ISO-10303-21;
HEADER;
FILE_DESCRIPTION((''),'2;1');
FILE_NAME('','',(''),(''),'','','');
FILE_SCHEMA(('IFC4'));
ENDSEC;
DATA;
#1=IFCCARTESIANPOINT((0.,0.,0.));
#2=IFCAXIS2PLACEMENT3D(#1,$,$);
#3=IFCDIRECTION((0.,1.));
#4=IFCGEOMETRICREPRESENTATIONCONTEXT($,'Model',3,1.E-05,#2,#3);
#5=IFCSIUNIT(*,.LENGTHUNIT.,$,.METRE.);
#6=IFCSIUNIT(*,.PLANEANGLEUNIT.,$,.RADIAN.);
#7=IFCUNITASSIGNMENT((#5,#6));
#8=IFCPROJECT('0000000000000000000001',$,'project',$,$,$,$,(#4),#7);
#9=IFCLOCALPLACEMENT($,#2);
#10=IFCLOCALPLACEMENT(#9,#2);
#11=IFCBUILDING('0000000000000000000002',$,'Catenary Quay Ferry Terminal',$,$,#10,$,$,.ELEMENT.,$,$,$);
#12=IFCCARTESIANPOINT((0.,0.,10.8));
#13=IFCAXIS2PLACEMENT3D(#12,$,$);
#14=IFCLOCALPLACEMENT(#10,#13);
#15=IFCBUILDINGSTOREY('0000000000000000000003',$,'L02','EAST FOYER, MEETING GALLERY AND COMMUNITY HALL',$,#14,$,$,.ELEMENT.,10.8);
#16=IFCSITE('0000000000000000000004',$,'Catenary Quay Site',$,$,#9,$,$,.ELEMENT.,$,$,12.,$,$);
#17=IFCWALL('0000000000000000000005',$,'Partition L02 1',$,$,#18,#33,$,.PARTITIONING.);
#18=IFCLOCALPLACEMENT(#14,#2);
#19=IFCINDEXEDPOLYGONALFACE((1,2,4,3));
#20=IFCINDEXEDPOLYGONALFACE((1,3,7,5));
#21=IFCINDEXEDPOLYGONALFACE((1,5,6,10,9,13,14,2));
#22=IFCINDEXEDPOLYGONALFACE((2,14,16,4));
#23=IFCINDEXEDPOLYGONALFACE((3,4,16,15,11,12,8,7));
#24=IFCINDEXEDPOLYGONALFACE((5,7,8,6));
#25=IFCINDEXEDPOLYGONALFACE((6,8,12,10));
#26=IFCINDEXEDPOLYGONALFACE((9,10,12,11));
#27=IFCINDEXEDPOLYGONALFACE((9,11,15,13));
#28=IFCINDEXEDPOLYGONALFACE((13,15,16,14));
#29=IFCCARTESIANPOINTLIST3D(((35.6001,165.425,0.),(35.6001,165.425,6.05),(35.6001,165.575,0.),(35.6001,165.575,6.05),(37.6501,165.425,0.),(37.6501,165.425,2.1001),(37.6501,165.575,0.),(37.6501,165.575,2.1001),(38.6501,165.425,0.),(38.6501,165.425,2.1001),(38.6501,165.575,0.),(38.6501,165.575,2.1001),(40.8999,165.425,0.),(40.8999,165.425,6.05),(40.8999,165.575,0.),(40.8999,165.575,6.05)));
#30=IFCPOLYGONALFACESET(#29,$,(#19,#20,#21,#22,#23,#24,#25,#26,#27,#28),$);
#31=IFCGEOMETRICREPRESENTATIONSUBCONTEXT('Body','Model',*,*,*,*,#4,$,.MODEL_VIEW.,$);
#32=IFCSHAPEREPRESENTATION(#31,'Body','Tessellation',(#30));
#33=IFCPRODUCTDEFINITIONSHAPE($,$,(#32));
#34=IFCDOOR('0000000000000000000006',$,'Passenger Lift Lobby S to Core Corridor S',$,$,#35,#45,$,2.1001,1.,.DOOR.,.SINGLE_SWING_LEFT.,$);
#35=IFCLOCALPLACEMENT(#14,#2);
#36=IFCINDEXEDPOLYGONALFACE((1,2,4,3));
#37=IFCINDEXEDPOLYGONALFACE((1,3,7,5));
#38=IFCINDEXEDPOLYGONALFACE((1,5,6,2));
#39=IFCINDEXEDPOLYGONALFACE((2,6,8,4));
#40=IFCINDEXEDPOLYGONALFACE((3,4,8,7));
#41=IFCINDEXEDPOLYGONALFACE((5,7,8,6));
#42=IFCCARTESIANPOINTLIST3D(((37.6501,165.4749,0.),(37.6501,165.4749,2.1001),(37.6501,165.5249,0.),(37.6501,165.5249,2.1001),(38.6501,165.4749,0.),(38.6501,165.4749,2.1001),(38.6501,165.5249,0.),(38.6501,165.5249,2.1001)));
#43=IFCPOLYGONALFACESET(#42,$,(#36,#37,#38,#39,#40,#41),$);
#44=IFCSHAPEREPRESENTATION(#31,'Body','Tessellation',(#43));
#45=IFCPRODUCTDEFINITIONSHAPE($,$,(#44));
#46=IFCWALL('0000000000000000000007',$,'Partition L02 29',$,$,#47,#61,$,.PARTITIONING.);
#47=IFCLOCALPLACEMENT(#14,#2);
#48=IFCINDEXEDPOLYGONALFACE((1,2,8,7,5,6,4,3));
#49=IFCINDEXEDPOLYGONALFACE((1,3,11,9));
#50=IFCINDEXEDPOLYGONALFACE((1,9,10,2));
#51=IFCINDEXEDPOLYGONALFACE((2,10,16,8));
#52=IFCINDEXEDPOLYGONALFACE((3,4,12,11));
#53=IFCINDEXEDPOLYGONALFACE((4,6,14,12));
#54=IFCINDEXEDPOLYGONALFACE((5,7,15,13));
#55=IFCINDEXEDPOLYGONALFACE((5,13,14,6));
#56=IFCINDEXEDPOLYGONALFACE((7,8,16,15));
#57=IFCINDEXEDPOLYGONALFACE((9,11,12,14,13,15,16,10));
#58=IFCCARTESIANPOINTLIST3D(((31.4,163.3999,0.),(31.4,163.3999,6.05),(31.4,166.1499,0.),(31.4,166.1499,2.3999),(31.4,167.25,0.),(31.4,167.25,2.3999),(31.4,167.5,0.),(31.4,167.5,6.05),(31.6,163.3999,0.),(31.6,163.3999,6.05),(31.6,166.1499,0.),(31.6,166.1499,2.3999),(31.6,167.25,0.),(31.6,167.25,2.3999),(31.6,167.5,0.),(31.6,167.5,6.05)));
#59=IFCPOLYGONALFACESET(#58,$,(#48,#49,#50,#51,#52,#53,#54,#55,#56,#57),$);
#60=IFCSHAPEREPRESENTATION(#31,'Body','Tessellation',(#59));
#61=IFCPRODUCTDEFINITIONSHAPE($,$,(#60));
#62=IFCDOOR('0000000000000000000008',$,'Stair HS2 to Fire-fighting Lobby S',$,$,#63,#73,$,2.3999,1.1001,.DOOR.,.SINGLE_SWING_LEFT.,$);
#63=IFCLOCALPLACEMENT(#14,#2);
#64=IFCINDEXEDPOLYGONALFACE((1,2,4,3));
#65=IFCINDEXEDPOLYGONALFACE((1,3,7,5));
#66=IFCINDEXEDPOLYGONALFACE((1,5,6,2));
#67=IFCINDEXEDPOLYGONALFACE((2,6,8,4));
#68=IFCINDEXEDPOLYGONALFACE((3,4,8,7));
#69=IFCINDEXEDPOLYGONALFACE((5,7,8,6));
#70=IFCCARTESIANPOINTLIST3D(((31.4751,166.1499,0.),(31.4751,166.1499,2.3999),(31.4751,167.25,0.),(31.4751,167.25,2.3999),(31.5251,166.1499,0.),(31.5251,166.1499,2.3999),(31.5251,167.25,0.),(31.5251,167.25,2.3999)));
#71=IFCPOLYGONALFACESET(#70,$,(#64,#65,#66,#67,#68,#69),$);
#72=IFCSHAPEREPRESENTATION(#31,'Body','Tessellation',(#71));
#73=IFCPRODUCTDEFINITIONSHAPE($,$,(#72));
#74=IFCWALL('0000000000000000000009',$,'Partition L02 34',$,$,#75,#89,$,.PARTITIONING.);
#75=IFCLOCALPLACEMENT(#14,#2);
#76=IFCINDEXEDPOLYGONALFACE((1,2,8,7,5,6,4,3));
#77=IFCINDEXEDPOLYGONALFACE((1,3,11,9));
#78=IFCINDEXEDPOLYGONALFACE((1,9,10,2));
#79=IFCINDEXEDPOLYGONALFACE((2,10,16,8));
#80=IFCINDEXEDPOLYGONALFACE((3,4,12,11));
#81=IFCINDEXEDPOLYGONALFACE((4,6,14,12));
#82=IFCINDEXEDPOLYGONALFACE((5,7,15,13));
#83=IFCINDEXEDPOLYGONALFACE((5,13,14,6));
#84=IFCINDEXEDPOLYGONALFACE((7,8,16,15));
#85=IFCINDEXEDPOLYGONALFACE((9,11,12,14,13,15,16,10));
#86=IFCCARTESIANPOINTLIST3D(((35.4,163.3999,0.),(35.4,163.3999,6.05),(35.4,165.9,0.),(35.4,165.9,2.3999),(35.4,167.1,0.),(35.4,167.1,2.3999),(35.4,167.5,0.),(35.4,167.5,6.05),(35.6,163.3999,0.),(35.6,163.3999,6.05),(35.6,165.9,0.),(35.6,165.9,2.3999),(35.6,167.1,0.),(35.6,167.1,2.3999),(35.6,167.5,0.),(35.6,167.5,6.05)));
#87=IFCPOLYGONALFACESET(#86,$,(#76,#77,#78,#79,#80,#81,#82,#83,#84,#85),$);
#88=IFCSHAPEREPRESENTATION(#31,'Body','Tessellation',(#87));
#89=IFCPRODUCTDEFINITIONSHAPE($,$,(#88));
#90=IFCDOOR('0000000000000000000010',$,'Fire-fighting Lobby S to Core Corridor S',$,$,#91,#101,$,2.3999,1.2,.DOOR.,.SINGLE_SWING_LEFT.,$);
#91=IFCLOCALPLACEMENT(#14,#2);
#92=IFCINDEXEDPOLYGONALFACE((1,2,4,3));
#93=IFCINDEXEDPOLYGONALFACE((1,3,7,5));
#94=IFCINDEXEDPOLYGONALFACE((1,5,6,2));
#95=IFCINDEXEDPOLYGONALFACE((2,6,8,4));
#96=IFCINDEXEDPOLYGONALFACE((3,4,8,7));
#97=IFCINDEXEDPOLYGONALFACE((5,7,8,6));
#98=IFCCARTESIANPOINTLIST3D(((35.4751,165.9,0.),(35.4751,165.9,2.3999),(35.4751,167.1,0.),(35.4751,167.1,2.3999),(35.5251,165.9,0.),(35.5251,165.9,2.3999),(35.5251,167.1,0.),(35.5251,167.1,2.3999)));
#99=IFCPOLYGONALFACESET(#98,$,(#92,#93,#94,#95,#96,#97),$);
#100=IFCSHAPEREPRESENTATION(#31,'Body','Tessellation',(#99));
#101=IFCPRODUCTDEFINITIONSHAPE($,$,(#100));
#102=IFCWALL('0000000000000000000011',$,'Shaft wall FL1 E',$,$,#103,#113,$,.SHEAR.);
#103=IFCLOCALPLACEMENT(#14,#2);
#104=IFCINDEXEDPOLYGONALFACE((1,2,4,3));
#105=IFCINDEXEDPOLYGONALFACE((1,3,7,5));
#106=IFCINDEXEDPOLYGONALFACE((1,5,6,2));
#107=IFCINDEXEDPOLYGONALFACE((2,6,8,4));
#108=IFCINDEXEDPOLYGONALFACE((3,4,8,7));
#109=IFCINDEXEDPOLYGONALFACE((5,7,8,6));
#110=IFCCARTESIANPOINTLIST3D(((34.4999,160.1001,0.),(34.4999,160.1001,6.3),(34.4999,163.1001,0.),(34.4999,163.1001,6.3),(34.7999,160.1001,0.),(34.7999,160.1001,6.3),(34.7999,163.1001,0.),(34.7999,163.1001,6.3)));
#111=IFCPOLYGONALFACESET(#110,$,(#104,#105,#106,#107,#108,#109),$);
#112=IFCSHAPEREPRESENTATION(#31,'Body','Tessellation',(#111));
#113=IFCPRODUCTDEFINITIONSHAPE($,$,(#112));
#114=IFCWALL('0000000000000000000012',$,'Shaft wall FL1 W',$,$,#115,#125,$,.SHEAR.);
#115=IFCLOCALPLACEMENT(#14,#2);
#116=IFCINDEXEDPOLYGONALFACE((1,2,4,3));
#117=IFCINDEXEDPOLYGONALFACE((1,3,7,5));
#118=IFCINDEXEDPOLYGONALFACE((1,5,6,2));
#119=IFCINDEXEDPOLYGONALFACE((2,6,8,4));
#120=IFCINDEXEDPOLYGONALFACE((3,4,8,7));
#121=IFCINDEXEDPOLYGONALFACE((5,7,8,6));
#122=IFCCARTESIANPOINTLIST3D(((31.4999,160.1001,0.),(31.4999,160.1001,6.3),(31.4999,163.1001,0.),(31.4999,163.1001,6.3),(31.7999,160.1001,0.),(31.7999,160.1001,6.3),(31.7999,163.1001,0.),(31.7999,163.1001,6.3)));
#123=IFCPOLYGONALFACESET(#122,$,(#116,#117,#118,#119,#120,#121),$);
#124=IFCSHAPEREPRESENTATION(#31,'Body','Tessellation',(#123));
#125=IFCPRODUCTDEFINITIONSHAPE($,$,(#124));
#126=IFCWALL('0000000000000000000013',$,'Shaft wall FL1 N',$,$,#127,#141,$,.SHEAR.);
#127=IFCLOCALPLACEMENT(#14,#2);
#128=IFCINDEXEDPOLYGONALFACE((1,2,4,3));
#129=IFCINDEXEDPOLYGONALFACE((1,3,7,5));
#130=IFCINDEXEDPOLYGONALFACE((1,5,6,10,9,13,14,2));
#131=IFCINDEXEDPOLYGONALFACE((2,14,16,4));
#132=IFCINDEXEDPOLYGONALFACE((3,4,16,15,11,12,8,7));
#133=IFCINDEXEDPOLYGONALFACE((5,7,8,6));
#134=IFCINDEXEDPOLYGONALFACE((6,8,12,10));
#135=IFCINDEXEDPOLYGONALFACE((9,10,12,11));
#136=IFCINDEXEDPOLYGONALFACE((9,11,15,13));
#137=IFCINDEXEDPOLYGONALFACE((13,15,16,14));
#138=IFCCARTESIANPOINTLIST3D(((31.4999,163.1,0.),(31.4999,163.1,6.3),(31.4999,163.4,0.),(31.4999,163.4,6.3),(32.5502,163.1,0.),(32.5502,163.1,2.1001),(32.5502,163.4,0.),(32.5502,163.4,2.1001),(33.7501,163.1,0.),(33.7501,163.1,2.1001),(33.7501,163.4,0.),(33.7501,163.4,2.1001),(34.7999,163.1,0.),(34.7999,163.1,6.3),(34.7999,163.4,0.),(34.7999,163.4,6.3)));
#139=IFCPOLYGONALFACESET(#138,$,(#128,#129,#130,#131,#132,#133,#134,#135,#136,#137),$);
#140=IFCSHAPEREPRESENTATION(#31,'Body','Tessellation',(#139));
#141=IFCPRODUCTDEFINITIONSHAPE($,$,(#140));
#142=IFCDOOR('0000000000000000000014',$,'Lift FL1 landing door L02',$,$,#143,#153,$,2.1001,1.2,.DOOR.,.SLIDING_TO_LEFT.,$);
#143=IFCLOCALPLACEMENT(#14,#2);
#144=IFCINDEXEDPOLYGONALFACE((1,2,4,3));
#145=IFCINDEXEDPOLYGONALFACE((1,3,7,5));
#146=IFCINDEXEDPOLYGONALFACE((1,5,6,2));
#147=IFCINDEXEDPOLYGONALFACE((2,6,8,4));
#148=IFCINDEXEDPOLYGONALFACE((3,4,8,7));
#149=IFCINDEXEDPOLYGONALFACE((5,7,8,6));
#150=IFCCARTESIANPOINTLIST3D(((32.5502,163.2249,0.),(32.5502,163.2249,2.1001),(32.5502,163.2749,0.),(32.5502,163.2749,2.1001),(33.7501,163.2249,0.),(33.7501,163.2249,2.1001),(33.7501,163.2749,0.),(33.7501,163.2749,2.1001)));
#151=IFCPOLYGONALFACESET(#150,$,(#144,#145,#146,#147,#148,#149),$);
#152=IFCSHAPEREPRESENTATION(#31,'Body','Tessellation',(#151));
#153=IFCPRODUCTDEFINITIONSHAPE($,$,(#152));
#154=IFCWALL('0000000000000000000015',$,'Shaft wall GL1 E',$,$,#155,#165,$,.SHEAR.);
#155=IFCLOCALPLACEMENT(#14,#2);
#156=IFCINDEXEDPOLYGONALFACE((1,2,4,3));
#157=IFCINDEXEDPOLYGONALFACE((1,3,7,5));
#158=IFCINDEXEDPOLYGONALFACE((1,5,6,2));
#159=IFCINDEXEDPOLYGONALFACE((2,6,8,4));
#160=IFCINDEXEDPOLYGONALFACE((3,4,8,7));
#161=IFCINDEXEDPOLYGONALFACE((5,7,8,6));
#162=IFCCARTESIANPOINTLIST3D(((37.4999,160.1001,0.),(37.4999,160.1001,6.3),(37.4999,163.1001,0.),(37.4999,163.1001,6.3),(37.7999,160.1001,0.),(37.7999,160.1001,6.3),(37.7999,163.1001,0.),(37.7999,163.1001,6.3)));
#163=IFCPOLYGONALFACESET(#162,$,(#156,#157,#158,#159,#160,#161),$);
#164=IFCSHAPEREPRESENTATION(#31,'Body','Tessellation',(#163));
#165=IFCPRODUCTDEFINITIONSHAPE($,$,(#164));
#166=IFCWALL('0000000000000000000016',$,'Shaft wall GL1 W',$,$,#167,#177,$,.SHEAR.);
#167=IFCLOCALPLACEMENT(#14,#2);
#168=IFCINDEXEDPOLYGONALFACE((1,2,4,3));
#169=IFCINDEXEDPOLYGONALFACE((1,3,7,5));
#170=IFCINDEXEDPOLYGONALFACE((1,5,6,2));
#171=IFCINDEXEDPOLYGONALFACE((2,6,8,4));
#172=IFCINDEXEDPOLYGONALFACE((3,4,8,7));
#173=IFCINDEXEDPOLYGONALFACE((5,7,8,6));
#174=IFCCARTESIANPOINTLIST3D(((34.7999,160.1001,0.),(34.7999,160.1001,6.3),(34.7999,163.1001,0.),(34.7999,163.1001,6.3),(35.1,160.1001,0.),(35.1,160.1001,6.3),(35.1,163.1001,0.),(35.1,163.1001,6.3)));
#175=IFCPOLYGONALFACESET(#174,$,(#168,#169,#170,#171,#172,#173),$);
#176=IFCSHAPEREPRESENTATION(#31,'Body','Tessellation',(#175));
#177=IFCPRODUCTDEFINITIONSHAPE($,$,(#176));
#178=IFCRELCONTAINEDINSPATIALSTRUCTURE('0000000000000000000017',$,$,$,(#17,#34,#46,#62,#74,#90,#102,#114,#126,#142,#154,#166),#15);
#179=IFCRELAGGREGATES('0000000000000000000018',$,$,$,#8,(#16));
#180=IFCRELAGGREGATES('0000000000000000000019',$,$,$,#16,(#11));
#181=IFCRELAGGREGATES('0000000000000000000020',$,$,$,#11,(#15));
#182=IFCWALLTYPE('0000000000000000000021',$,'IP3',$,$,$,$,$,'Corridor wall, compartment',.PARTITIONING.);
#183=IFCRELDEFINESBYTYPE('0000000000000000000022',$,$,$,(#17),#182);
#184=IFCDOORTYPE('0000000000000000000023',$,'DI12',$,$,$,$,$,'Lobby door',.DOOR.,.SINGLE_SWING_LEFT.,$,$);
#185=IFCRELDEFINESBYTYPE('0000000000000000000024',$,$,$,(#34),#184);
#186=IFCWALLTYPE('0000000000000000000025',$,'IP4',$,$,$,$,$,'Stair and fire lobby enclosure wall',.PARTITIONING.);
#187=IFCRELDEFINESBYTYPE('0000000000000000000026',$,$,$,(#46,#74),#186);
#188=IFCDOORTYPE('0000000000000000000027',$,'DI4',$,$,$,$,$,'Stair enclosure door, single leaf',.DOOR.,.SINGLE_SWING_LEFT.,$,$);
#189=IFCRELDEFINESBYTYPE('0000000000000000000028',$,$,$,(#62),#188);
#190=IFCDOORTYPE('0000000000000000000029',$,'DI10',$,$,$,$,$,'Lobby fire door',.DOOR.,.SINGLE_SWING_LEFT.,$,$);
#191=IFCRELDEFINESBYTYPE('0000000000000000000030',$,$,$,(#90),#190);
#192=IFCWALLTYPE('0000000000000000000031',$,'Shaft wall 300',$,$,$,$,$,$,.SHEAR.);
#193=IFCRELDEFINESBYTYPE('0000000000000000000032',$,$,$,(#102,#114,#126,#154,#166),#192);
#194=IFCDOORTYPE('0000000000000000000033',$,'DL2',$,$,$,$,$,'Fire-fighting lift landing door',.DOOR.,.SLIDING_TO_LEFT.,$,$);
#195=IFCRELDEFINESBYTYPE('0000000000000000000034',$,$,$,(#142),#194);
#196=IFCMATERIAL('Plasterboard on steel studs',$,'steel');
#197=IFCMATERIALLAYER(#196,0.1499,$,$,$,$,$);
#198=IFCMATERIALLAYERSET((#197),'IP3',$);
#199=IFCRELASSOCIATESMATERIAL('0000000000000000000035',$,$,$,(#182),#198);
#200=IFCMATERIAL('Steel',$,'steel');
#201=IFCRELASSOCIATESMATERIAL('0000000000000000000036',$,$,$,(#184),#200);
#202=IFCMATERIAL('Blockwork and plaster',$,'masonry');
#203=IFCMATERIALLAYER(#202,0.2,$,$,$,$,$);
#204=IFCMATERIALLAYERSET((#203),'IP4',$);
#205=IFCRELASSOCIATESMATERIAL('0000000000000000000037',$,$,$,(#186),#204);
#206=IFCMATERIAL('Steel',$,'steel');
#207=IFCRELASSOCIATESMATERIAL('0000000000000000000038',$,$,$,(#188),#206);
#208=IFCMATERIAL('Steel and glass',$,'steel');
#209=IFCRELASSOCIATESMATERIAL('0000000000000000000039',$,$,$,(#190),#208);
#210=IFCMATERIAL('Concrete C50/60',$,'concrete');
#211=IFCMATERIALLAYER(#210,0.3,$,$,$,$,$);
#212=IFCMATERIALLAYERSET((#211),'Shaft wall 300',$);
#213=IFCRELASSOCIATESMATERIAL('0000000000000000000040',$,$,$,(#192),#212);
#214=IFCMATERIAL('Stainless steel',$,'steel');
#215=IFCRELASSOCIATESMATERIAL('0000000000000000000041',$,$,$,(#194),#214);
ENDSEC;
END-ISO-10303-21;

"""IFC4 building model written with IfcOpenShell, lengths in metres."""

from ifc_helpers import new_model, si_unit, direction, frame, frame_2d, origin, place, context, subcontext, project, spatial, rectangle, extrude, material, layer, layer_set, type_object, element, fill, save


model = new_model("IFC4")

# Units and contexts
model_context = context("Model", 3, precision=1e-05, world=origin(), true_north=direction((0.0, 1.0)))
body_context = subcontext(model_context, "Body", "Model", "MODEL_VIEW")
ifc_project = project(units=[si_unit("LENGTHUNIT", "METRE"), si_unit("PLANEANGLEUNIT", "RADIAN")], contexts=[model_context])

# Site, building, storey
site_placement = place(None, origin())
site = spatial("IfcSite", under=ifc_project, at=site_placement, Name="Catenary Quay Site", CompositionType="ELEMENT", RefElevation=12.0)
building_placement = place(site_placement, origin())
building = spatial("IfcBuilding", under=site, at=building_placement, Name="Catenary Quay Ferry Terminal", CompositionType="ELEMENT")
storey_placement = place(building_placement, frame((0.0, 0.0, 10.8)))
storey = spatial("IfcBuildingStorey", under=building, at=storey_placement, Name="L02", Description="EAST FOYER, MEETING GALLERY AND COMMUNITY HALL", CompositionType="ELEMENT", Elevation=10.8)

# Walls, openings, doors
ifc_material_1 = material(Name="Plasterboard on steel studs", Category="steel")
ifc_layer_1 = layer(ifc_material_1, 0.1499)
ifc_layer_set_1 = layer_set([ifc_layer_1], Name="IP3")
wall_type_1 = type_object("IfcWallType", Name="IP3", ElementType="Corridor wall, compartment", PredefinedType="PARTITIONING", material=ifc_layer_set_1)
wall_1_placement = place(storey_placement, frame((35.6001, 165.5, 0.0), z_axis=(0.0, 0.0, 1.0), x_axis=(1.0, 0.0, 0.0)))
wall_1 = element("IfcWall", 1, at=wall_1_placement, inside=storey, type_object=wall_type_1, Name="Partition L02 1", PredefinedType="PARTITIONING", context=body_context, shape_type="SweptSolid", body=[
    extrude(rectangle(XDim=5.2998, YDim=0.1499, at=frame_2d((2.6499, 0.0))), origin(), (0.0, 0.0, 1.0), 6.05),
])
opening_1_placement = place(wall_1_placement, frame((2.05, 0.0, 0.0)))
opening_1 = element("IfcOpeningElement", 2, at=opening_1_placement, cuts=wall_1, PredefinedType="OPENING", context=body_context, shape_type="SweptSolid", body=[
    extrude(rectangle(XDim=1.0, YDim=2.1001, at=frame_2d((0.5, 1.05))), frame((0.0, 0.085, 0.0), z_axis=(0.0, -1.0, 0.0), x_axis=(1.0, 0.0, 0.0)), (0.0, 0.0, 1.0), 0.1699),
])
ifc_material_2 = material(Name="Steel", Category="steel")
door_type_1 = type_object("IfcDoorType", Name="DI12", ElementType="Lobby door", OperationType="SINGLE_SWING_LEFT", PredefinedType="DOOR", material=ifc_material_2)
door_1_placement = place(opening_1_placement, origin())
door_1 = element("IfcDoor", 3, at=door_1_placement, inside=storey, type_object=door_type_1, Name="Passenger Lift Lobby S to Core Corridor S", OperationType="SINGLE_SWING_LEFT", OverallHeight=2.1001, OverallWidth=1.0, PredefinedType="DOOR", context=body_context, shape_type="SweptSolid", body=[
    extrude(rectangle(XDim=1.0, YDim=2.1001, at=frame_2d((0.5, 1.05))), frame((0.0, 0.0249, 0.0), z_axis=(0.0, -1.0, 0.0), x_axis=(1.0, 0.0, 0.0)), (0.0, 0.0, 1.0), 0.05),
])
fill(opening_1, door_1)
ifc_material_3 = material(Name="Blockwork and plaster", Category="masonry")
ifc_layer_2 = layer(ifc_material_3, 0.2)
ifc_layer_set_2 = layer_set([ifc_layer_2], Name="IP4")
wall_type_2 = type_object("IfcWallType", Name="IP4", ElementType="Stair and fire lobby enclosure wall", PredefinedType="PARTITIONING", material=ifc_layer_set_2)
wall_2_placement = place(storey_placement, frame((31.5, 163.3999, 0.0), z_axis=(0.0, 0.0, 1.0), x_axis=(0.0, 1.0, 0.0)))
wall_2 = element("IfcWall", 4, at=wall_2_placement, inside=storey, type_object=wall_type_2, Name="Partition L02 29", PredefinedType="PARTITIONING", context=body_context, shape_type="SweptSolid", body=[
    extrude(rectangle(XDim=4.1001, YDim=0.2, at=frame_2d((2.05, 0.0))), origin(), (0.0, 0.0, 1.0), 6.05),
])
opening_2_placement = place(wall_2_placement, frame((2.75, 0.0, 0.0)))
opening_2 = element("IfcOpeningElement", 5, at=opening_2_placement, cuts=wall_2, PredefinedType="OPENING", context=body_context, shape_type="SweptSolid", body=[
    extrude(rectangle(XDim=1.1001, YDim=2.3999, at=frame_2d((0.55, 1.2))), frame((0.0, 0.1099, 0.0), z_axis=(0.0, -1.0, 0.0), x_axis=(1.0, 0.0, 0.0)), (0.0, 0.0, 1.0), 0.22),
])
ifc_material_4 = material(Name="Steel", Category="steel")
door_type_2 = type_object("IfcDoorType", Name="DI4", ElementType="Stair enclosure door, single leaf", OperationType="SINGLE_SWING_LEFT", PredefinedType="DOOR", material=ifc_material_4)
door_2_placement = place(opening_2_placement, origin())
door_2 = element("IfcDoor", 6, at=door_2_placement, inside=storey, type_object=door_type_2, Name="Stair HS2 to Fire-fighting Lobby S", OperationType="SINGLE_SWING_LEFT", OverallHeight=2.3999, OverallWidth=1.1001, PredefinedType="DOOR", context=body_context, shape_type="SweptSolid", body=[
    extrude(rectangle(XDim=1.1001, YDim=2.3999, at=frame_2d((0.55, 1.2))), frame((0.0, 0.0249, 0.0), z_axis=(0.0, -1.0, 0.0), x_axis=(1.0, 0.0, 0.0)), (0.0, 0.0, 1.0), 0.05),
])
fill(opening_2, door_2)
wall_3_placement = place(storey_placement, frame((35.5, 163.3999, 0.0), z_axis=(0.0, 0.0, 1.0), x_axis=(0.0, 1.0, 0.0)))
wall_3 = element("IfcWall", 7, at=wall_3_placement, inside=storey, type_object=wall_type_2, Name="Partition L02 34", PredefinedType="PARTITIONING", context=body_context, shape_type="SweptSolid", body=[
    extrude(rectangle(XDim=4.1001, YDim=0.2, at=frame_2d((2.05, 0.0))), origin(), (0.0, 0.0, 1.0), 6.05),
])
opening_3_placement = place(wall_3_placement, frame((2.5, 0.0, 0.0)))
opening_3 = element("IfcOpeningElement", 8, at=opening_3_placement, cuts=wall_3, PredefinedType="OPENING", context=body_context, shape_type="SweptSolid", body=[
    extrude(rectangle(XDim=1.2, YDim=2.3999, at=frame_2d((0.6001, 1.2))), frame((0.0, 0.1099, 0.0), z_axis=(0.0, -1.0, 0.0), x_axis=(1.0, 0.0, 0.0)), (0.0, 0.0, 1.0), 0.22),
])
ifc_material_5 = material(Name="Steel and glass", Category="steel")
door_type_3 = type_object("IfcDoorType", Name="DI10", ElementType="Lobby fire door", OperationType="SINGLE_SWING_LEFT", PredefinedType="DOOR", material=ifc_material_5)
door_3_placement = place(opening_3_placement, origin())
door_3 = element("IfcDoor", 9, at=door_3_placement, inside=storey, type_object=door_type_3, Name="Fire-fighting Lobby S to Core Corridor S", OperationType="SINGLE_SWING_LEFT", OverallHeight=2.3999, OverallWidth=1.2, PredefinedType="DOOR", context=body_context, shape_type="SweptSolid", body=[
    extrude(rectangle(XDim=1.2, YDim=2.3999, at=frame_2d((0.6001, 1.2))), frame((0.0, 0.0249, 0.0), z_axis=(0.0, -1.0, 0.0), x_axis=(1.0, 0.0, 0.0)), (0.0, 0.0, 1.0), 0.05),
])
fill(opening_3, door_3)

# Walls
ifc_material_6 = material(Name="Concrete C50/60", Category="concrete")
ifc_layer_3 = layer(ifc_material_6, 0.3)
ifc_layer_set_3 = layer_set([ifc_layer_3], Name="Shaft wall 300")
wall_type_3 = type_object("IfcWallType", Name="Shaft wall 300", PredefinedType="SHEAR", material=ifc_layer_set_3)
for number, where, z_axis, x_axis, name in (
    (10, (34.6499, 160.1001, 0.0), (0.0, 0.0, 1.0), (0.0, 1.0, 0.0), "Shaft wall FL1 E"),
    (11, (31.6499, 160.1001, 0.0), (0.0, 0.0, 1.0), (0.0, 1.0, 0.0), "Shaft wall FL1 W"),
):
    element("IfcWall", number, at=place(storey_placement, frame(where, z_axis=z_axis, x_axis=x_axis)), inside=storey, type_object=wall_type_3, Name=name, PredefinedType="SHEAR", context=body_context, shape_type="SweptSolid", body=[
        extrude(rectangle(XDim=3.0, YDim=0.3, at=frame_2d((1.5, 0.0))), origin(), (0.0, 0.0, 1.0), 6.3),
    ])

# Wall, opening, door
wall_4_placement = place(storey_placement, frame((31.5, 163.25, 0.0), z_axis=(0.0, 0.0, 1.0), x_axis=(1.0, 0.0, 0.0)))
wall_4 = element("IfcWall", 12, at=wall_4_placement, inside=storey, type_object=wall_type_3, Name="Shaft wall FL1 N", PredefinedType="SHEAR", context=body_context, shape_type="SweptSolid", body=[
    extrude(rectangle(XDim=3.3, YDim=0.3, at=frame_2d((1.6499, 0.0))), origin(), (0.0, 0.0, 1.0), 6.3),
])
opening_4_placement = place(wall_4_placement, frame((1.05, 0.0, 0.0)))
opening_4 = element("IfcOpeningElement", 13, at=opening_4_placement, cuts=wall_4, PredefinedType="OPENING", context=body_context, shape_type="SweptSolid", body=[
    extrude(rectangle(XDim=1.2, YDim=2.1001, at=frame_2d((0.6001, 1.05))), frame((0.0, 0.1599, 0.0), z_axis=(0.0, -1.0, 0.0), x_axis=(1.0, 0.0, 0.0)), (0.0, 0.0, 1.0), 0.3201),
])
ifc_material_7 = material(Name="Stainless steel", Category="steel")
door_type_4 = type_object("IfcDoorType", Name="DL2", ElementType="Fire-fighting lift landing door", OperationType="SLIDING_TO_LEFT", PredefinedType="DOOR", material=ifc_material_7)
door_4_placement = place(opening_4_placement, origin())
door_4 = element("IfcDoor", 14, at=door_4_placement, inside=storey, type_object=door_type_4, Name="Lift FL1 landing door L02", OperationType="SLIDING_TO_LEFT", OverallHeight=2.1001, OverallWidth=1.2, PredefinedType="DOOR", context=body_context, shape_type="SweptSolid", body=[
    extrude(rectangle(XDim=1.2, YDim=2.1001, at=frame_2d((0.6001, 1.05))), frame((0.0, 0.0249, 0.0), z_axis=(0.0, -1.0, 0.0), x_axis=(1.0, 0.0, 0.0)), (0.0, 0.0, 1.0), 0.05),
])
fill(opening_4, door_4)

# Walls
for number, where, z_axis, x_axis, name in (
    (15, (37.6499, 160.1001, 0.0), (0.0, 0.0, 1.0), (0.0, 1.0, 0.0), "Shaft wall GL1 E"),
    (16, (34.95, 160.1001, 0.0), (0.0, 0.0, 1.0), (0.0, 1.0, 0.0), "Shaft wall GL1 W"),
):
    element("IfcWall", number, at=place(storey_placement, frame(where, z_axis=z_axis, x_axis=x_axis)), inside=storey, type_object=wall_type_3, Name=name, PredefinedType="SHEAR", context=body_context, shape_type="SweptSolid", body=[
        extrude(rectangle(XDim=3.0, YDim=0.3, at=frame_2d((1.5, 0.0))), origin(), (0.0, 0.0, 1.0), 6.3),
    ])

save(model, "model.ifc")
